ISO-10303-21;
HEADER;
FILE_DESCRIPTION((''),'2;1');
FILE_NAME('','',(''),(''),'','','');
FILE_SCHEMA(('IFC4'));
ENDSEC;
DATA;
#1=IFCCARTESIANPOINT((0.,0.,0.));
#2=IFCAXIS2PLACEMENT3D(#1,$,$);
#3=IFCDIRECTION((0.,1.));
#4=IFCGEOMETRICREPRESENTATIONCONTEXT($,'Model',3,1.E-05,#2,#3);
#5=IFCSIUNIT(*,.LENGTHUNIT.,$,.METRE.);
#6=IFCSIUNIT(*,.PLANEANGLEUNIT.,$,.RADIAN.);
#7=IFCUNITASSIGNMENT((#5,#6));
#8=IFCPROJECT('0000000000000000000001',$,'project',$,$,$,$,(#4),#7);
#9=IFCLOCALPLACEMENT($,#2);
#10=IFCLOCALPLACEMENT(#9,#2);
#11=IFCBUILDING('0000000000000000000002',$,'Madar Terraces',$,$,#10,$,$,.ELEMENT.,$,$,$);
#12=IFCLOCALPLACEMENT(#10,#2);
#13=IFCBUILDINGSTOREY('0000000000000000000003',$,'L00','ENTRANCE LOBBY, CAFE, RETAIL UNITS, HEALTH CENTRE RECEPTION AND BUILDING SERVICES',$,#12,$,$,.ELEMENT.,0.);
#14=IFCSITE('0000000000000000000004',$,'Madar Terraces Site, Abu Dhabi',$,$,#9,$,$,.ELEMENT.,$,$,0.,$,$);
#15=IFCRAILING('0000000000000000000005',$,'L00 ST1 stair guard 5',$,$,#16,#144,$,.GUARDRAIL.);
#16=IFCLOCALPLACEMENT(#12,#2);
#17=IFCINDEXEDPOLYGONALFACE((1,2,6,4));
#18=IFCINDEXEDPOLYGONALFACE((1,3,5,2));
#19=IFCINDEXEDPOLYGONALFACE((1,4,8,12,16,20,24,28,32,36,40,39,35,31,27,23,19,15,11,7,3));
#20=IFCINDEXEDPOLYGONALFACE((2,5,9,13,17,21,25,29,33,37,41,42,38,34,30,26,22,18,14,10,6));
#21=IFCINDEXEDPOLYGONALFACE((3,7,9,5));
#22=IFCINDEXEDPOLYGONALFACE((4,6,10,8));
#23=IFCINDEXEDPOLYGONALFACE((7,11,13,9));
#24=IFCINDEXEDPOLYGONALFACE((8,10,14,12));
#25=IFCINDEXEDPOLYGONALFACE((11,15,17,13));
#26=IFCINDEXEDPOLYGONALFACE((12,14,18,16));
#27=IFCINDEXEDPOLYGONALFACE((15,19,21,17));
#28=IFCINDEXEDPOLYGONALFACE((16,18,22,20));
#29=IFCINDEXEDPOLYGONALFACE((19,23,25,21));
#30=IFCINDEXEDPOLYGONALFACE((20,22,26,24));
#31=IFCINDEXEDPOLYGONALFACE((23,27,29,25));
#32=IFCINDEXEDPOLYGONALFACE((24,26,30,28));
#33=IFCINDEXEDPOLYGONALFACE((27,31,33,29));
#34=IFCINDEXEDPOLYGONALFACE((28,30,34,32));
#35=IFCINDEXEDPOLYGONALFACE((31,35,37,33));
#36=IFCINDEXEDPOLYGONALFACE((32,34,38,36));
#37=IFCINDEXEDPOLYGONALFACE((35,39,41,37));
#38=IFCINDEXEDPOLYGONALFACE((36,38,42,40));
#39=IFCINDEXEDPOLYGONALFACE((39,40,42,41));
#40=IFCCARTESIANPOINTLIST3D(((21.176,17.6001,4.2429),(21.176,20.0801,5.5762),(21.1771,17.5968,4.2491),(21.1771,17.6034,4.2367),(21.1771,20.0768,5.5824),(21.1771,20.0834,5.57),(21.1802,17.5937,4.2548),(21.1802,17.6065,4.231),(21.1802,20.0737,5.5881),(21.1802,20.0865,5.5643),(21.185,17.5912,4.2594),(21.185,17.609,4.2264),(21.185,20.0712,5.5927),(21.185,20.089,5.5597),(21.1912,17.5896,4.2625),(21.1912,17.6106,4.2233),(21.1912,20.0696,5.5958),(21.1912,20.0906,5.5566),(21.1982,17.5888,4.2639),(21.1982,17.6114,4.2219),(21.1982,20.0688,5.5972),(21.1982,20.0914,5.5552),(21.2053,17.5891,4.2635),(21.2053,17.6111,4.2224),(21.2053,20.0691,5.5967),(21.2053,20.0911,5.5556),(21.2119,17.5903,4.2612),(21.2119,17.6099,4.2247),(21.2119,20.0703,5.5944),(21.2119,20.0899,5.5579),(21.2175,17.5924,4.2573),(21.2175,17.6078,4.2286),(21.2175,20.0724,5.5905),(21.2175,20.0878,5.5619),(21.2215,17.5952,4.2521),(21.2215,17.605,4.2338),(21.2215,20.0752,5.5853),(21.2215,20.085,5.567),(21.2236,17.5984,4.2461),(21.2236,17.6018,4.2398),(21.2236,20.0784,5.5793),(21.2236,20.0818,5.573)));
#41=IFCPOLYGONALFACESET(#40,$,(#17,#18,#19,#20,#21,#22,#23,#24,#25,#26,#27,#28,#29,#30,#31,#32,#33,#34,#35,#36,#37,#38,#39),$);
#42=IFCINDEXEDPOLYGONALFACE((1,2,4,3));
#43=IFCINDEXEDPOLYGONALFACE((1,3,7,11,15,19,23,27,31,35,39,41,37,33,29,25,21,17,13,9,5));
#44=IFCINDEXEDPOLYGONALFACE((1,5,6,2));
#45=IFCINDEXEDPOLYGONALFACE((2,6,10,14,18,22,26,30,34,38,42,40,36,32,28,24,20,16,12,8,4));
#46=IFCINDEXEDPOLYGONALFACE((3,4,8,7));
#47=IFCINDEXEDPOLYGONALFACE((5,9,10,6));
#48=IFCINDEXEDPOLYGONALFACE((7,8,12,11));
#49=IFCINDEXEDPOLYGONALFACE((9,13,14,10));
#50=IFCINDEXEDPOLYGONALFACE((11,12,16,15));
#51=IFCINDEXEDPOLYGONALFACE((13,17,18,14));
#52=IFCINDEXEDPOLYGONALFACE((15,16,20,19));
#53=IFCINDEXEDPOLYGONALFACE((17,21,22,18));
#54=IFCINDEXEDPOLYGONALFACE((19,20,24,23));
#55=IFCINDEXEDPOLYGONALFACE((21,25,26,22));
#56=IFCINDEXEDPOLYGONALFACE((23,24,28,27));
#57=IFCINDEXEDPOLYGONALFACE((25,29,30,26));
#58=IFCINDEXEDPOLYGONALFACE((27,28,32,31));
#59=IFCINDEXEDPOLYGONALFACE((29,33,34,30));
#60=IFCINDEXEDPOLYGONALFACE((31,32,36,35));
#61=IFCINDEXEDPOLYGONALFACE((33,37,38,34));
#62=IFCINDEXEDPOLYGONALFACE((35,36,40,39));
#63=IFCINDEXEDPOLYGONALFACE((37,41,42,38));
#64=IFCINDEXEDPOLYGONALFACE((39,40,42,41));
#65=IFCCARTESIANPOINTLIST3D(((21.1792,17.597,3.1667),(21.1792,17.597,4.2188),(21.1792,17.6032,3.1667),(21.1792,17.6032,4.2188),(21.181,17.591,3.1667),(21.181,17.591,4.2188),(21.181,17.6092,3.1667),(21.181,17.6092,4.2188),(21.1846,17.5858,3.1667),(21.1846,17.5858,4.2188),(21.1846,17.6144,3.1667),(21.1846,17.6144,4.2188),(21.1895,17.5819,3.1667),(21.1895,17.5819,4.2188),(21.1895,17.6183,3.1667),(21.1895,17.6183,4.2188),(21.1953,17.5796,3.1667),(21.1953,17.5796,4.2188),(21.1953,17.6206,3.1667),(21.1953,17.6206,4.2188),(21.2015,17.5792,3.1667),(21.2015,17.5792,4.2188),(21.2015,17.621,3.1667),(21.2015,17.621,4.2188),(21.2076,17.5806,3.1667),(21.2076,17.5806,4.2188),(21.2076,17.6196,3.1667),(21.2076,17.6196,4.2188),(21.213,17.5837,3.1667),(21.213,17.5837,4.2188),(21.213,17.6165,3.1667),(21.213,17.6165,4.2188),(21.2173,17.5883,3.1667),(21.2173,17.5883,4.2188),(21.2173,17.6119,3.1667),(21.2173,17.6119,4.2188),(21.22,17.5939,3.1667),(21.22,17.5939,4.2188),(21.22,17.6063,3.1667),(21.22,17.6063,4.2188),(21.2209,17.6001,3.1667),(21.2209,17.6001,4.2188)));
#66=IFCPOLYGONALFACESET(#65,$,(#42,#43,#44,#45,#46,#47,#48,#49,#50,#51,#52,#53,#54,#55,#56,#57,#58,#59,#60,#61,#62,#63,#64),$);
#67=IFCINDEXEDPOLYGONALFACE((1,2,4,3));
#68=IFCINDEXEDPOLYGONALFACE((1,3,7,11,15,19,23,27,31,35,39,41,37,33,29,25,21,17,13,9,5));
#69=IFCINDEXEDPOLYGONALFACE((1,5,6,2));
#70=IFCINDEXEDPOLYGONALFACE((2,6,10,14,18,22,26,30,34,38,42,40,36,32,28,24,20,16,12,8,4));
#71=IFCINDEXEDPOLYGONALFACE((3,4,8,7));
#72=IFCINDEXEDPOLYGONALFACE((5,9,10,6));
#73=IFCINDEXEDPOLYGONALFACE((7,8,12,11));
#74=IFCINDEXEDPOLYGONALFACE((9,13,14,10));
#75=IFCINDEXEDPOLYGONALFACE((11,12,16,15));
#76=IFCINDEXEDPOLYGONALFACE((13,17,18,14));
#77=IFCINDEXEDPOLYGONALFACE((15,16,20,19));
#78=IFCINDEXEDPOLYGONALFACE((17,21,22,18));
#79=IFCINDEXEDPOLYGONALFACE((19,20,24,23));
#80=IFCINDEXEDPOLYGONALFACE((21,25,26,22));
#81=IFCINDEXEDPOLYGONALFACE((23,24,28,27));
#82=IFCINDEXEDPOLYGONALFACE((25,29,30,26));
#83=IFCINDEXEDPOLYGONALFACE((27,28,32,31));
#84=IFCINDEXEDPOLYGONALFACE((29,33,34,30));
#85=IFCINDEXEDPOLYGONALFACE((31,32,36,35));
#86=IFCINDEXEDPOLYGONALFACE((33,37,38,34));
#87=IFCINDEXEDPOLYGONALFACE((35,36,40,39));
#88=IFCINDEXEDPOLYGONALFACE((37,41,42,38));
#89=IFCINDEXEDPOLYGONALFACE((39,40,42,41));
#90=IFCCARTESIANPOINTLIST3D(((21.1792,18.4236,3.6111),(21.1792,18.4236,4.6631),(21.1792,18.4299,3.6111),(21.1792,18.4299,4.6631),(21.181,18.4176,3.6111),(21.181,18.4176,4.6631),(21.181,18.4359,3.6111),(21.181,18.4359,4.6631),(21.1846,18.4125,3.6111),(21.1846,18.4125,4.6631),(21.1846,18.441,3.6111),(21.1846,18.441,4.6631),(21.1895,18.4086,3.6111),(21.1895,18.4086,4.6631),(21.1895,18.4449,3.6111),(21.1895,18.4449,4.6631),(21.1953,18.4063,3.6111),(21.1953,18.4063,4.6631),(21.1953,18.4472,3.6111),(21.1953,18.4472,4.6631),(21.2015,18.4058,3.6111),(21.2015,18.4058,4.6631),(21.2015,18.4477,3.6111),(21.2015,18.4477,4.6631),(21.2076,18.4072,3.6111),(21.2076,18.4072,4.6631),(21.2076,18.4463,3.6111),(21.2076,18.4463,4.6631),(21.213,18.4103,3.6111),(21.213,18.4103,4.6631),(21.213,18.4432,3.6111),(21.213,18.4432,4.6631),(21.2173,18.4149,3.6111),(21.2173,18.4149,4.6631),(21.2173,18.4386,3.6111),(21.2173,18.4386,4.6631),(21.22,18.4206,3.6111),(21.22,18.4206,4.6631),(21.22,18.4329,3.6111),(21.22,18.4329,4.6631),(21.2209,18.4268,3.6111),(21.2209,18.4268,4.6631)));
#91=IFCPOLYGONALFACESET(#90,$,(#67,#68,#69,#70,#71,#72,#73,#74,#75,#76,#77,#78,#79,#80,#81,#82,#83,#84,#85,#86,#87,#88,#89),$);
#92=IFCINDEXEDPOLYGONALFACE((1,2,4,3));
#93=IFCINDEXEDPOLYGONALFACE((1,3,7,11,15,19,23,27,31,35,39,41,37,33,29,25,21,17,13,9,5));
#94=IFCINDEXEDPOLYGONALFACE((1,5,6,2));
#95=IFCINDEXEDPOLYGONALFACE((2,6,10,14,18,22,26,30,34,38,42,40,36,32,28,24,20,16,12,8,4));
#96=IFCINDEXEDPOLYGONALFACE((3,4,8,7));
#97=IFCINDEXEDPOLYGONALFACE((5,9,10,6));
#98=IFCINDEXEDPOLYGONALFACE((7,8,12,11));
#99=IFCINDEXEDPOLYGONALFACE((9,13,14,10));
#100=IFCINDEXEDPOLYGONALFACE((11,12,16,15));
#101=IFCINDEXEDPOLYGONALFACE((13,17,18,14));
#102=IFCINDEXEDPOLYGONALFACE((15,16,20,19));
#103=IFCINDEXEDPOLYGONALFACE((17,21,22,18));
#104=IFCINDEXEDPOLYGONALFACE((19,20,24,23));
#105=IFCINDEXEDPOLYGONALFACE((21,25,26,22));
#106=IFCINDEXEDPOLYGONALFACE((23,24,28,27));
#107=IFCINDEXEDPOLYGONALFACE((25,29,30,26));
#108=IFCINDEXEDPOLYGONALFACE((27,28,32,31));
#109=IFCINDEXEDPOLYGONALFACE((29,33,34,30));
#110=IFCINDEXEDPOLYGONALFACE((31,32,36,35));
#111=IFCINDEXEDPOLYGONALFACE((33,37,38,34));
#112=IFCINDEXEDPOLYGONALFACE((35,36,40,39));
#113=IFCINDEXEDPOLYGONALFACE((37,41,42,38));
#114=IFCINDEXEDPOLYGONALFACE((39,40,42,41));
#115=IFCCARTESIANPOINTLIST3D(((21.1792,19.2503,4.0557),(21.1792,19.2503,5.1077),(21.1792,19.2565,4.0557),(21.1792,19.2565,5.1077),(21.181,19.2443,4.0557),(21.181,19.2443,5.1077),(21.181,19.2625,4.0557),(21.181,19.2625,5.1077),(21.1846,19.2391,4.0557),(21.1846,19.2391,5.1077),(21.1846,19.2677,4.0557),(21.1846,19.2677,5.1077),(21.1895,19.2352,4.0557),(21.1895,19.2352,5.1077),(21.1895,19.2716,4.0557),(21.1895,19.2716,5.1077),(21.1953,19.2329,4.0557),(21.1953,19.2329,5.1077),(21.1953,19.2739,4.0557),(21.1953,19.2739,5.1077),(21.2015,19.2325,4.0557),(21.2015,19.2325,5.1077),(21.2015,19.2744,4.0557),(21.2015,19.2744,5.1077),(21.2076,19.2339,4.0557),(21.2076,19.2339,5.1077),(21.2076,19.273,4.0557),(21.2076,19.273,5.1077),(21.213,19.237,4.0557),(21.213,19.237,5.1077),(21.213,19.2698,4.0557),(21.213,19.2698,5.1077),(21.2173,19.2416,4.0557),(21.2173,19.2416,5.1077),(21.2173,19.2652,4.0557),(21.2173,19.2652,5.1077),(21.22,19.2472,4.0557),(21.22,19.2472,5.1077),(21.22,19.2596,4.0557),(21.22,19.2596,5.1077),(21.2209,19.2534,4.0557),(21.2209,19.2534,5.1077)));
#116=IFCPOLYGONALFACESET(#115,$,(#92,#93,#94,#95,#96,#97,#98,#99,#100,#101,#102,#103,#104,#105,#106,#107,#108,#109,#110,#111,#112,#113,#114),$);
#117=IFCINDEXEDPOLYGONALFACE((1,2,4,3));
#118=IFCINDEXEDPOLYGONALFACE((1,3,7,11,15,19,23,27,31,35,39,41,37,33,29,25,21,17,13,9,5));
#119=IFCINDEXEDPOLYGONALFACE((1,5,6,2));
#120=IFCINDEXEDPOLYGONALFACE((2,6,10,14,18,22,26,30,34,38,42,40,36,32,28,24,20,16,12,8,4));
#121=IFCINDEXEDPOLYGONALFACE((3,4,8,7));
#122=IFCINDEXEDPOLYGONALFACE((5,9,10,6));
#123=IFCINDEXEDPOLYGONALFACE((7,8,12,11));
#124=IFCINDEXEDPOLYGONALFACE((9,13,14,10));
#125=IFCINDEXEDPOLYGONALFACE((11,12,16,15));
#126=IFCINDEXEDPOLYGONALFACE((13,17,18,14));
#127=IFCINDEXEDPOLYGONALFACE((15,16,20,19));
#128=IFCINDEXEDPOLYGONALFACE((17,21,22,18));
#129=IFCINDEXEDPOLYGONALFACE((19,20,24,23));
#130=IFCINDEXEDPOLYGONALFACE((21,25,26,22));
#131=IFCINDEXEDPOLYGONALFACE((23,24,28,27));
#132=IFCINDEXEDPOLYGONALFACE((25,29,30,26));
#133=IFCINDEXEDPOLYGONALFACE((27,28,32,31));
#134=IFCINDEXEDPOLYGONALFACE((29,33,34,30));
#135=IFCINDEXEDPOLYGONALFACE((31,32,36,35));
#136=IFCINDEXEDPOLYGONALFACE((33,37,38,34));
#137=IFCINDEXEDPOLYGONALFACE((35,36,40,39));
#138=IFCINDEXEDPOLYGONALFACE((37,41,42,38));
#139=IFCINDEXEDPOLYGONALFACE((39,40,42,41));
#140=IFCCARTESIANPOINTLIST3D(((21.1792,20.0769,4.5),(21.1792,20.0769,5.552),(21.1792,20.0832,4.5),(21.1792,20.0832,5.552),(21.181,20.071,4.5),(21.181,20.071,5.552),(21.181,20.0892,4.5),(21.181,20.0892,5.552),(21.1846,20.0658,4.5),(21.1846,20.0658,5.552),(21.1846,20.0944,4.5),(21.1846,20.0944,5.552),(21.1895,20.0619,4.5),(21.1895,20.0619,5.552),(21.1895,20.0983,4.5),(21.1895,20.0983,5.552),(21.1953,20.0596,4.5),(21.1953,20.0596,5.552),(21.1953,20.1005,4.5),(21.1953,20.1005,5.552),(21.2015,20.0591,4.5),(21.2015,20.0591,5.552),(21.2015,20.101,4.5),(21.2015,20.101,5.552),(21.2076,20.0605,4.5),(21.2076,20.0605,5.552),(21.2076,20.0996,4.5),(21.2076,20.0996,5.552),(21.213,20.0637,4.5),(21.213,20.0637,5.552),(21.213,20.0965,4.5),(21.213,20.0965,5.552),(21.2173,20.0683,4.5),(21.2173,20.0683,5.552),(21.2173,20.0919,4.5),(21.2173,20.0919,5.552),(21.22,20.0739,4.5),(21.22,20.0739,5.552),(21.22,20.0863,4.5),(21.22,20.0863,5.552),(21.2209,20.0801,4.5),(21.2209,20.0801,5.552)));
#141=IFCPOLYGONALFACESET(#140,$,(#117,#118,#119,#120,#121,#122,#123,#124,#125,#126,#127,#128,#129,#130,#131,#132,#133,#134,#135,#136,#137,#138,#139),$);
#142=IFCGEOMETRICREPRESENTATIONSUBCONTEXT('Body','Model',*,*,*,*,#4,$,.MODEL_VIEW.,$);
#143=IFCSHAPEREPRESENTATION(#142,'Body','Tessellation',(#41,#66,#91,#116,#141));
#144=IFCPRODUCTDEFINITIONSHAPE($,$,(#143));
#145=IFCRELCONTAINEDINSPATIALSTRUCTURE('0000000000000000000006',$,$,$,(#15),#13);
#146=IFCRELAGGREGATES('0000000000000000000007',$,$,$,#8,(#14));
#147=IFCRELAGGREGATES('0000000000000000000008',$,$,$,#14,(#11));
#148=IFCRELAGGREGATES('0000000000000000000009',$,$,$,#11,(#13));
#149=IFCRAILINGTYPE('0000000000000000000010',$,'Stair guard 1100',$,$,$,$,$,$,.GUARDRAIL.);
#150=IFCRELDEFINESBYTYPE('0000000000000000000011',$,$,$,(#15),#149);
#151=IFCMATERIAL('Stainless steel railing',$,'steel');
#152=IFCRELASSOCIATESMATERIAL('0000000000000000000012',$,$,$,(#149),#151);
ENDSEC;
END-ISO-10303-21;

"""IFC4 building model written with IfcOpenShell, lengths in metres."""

from ifc_helpers import new_model, si_unit, direction, frame, origin, origin_2d, place, context, subcontext, project, spatial, circle, extrude, material, type_object, element, save


model = new_model("IFC4")

# Units and contexts
model_context = context("Model", 3, precision=1e-05, world=origin(), true_north=direction((0.0, 1.0)))
body_context = subcontext(model_context, "Body", "Model", "MODEL_VIEW")
ifc_project = project(units=[si_unit("LENGTHUNIT", "METRE"), si_unit("PLANEANGLEUNIT", "RADIAN")], contexts=[model_context])

# Site, building, storey
site_placement = place(None, origin())
site = spatial("IfcSite", under=ifc_project, at=site_placement, Name="Madar Terraces Site, Abu Dhabi", CompositionType="ELEMENT", RefElevation=0.0)
building_placement = place(site_placement, origin())
building = spatial("IfcBuilding", under=site, at=building_placement, Name="Madar Terraces", CompositionType="ELEMENT")
storey_placement = place(building_placement, origin())
storey = spatial("IfcBuildingStorey", under=building, at=storey_placement, Name="L00", Description="ENTRANCE LOBBY, CAFE, RETAIL UNITS, HEALTH CENTRE RECEPTION AND BUILDING SERVICES", CompositionType="ELEMENT", Elevation=0.0)

# Railing
ifc_material_1 = material(Name="Stainless steel railing", Category="steel")
railing_type_1 = type_object("IfcRailingType", Name="Stair guard 1100", PredefinedType="GUARDRAIL", material=ifc_material_1)
railing_1_placement = place(storey_placement, frame((21.2, 17.6001, 3.1667)))
element("IfcRailing", 1, at=railing_1_placement, inside=storey, type_object=railing_type_1, Name="L00 ST1 stair guard 5", PredefinedType="GUARDRAIL", context=body_context, shape_type="SweptSolid", body=[
    extrude(circle(Radius=0.0239, at=origin_2d()), frame((0.0, 0.0, 1.0762), z_axis=(0.0, 0.880786, 0.473515), x_axis=(-1.0, 0.0, 0.0)), (0.0, 0.0, 1.0), 2.8157),
    extrude(circle(Radius=0.021, at=origin_2d()), origin(), (0.0, 0.0, 1.0), 1.052),
    extrude(circle(Radius=0.021, at=origin_2d()), frame((0.0, 0.8267, 0.4443)), (0.0, 0.0, 1.0), 1.052),
    extrude(circle(Radius=0.021, at=origin_2d()), frame((0.0, 1.6533, 0.8889)), (0.0, 0.0, 1.0), 1.052),
    extrude(circle(Radius=0.021, at=origin_2d()), frame((0.0, 2.48, 1.3333)), (0.0, 0.0, 1.0), 1.052),
])

save(model, "model.ifc")
